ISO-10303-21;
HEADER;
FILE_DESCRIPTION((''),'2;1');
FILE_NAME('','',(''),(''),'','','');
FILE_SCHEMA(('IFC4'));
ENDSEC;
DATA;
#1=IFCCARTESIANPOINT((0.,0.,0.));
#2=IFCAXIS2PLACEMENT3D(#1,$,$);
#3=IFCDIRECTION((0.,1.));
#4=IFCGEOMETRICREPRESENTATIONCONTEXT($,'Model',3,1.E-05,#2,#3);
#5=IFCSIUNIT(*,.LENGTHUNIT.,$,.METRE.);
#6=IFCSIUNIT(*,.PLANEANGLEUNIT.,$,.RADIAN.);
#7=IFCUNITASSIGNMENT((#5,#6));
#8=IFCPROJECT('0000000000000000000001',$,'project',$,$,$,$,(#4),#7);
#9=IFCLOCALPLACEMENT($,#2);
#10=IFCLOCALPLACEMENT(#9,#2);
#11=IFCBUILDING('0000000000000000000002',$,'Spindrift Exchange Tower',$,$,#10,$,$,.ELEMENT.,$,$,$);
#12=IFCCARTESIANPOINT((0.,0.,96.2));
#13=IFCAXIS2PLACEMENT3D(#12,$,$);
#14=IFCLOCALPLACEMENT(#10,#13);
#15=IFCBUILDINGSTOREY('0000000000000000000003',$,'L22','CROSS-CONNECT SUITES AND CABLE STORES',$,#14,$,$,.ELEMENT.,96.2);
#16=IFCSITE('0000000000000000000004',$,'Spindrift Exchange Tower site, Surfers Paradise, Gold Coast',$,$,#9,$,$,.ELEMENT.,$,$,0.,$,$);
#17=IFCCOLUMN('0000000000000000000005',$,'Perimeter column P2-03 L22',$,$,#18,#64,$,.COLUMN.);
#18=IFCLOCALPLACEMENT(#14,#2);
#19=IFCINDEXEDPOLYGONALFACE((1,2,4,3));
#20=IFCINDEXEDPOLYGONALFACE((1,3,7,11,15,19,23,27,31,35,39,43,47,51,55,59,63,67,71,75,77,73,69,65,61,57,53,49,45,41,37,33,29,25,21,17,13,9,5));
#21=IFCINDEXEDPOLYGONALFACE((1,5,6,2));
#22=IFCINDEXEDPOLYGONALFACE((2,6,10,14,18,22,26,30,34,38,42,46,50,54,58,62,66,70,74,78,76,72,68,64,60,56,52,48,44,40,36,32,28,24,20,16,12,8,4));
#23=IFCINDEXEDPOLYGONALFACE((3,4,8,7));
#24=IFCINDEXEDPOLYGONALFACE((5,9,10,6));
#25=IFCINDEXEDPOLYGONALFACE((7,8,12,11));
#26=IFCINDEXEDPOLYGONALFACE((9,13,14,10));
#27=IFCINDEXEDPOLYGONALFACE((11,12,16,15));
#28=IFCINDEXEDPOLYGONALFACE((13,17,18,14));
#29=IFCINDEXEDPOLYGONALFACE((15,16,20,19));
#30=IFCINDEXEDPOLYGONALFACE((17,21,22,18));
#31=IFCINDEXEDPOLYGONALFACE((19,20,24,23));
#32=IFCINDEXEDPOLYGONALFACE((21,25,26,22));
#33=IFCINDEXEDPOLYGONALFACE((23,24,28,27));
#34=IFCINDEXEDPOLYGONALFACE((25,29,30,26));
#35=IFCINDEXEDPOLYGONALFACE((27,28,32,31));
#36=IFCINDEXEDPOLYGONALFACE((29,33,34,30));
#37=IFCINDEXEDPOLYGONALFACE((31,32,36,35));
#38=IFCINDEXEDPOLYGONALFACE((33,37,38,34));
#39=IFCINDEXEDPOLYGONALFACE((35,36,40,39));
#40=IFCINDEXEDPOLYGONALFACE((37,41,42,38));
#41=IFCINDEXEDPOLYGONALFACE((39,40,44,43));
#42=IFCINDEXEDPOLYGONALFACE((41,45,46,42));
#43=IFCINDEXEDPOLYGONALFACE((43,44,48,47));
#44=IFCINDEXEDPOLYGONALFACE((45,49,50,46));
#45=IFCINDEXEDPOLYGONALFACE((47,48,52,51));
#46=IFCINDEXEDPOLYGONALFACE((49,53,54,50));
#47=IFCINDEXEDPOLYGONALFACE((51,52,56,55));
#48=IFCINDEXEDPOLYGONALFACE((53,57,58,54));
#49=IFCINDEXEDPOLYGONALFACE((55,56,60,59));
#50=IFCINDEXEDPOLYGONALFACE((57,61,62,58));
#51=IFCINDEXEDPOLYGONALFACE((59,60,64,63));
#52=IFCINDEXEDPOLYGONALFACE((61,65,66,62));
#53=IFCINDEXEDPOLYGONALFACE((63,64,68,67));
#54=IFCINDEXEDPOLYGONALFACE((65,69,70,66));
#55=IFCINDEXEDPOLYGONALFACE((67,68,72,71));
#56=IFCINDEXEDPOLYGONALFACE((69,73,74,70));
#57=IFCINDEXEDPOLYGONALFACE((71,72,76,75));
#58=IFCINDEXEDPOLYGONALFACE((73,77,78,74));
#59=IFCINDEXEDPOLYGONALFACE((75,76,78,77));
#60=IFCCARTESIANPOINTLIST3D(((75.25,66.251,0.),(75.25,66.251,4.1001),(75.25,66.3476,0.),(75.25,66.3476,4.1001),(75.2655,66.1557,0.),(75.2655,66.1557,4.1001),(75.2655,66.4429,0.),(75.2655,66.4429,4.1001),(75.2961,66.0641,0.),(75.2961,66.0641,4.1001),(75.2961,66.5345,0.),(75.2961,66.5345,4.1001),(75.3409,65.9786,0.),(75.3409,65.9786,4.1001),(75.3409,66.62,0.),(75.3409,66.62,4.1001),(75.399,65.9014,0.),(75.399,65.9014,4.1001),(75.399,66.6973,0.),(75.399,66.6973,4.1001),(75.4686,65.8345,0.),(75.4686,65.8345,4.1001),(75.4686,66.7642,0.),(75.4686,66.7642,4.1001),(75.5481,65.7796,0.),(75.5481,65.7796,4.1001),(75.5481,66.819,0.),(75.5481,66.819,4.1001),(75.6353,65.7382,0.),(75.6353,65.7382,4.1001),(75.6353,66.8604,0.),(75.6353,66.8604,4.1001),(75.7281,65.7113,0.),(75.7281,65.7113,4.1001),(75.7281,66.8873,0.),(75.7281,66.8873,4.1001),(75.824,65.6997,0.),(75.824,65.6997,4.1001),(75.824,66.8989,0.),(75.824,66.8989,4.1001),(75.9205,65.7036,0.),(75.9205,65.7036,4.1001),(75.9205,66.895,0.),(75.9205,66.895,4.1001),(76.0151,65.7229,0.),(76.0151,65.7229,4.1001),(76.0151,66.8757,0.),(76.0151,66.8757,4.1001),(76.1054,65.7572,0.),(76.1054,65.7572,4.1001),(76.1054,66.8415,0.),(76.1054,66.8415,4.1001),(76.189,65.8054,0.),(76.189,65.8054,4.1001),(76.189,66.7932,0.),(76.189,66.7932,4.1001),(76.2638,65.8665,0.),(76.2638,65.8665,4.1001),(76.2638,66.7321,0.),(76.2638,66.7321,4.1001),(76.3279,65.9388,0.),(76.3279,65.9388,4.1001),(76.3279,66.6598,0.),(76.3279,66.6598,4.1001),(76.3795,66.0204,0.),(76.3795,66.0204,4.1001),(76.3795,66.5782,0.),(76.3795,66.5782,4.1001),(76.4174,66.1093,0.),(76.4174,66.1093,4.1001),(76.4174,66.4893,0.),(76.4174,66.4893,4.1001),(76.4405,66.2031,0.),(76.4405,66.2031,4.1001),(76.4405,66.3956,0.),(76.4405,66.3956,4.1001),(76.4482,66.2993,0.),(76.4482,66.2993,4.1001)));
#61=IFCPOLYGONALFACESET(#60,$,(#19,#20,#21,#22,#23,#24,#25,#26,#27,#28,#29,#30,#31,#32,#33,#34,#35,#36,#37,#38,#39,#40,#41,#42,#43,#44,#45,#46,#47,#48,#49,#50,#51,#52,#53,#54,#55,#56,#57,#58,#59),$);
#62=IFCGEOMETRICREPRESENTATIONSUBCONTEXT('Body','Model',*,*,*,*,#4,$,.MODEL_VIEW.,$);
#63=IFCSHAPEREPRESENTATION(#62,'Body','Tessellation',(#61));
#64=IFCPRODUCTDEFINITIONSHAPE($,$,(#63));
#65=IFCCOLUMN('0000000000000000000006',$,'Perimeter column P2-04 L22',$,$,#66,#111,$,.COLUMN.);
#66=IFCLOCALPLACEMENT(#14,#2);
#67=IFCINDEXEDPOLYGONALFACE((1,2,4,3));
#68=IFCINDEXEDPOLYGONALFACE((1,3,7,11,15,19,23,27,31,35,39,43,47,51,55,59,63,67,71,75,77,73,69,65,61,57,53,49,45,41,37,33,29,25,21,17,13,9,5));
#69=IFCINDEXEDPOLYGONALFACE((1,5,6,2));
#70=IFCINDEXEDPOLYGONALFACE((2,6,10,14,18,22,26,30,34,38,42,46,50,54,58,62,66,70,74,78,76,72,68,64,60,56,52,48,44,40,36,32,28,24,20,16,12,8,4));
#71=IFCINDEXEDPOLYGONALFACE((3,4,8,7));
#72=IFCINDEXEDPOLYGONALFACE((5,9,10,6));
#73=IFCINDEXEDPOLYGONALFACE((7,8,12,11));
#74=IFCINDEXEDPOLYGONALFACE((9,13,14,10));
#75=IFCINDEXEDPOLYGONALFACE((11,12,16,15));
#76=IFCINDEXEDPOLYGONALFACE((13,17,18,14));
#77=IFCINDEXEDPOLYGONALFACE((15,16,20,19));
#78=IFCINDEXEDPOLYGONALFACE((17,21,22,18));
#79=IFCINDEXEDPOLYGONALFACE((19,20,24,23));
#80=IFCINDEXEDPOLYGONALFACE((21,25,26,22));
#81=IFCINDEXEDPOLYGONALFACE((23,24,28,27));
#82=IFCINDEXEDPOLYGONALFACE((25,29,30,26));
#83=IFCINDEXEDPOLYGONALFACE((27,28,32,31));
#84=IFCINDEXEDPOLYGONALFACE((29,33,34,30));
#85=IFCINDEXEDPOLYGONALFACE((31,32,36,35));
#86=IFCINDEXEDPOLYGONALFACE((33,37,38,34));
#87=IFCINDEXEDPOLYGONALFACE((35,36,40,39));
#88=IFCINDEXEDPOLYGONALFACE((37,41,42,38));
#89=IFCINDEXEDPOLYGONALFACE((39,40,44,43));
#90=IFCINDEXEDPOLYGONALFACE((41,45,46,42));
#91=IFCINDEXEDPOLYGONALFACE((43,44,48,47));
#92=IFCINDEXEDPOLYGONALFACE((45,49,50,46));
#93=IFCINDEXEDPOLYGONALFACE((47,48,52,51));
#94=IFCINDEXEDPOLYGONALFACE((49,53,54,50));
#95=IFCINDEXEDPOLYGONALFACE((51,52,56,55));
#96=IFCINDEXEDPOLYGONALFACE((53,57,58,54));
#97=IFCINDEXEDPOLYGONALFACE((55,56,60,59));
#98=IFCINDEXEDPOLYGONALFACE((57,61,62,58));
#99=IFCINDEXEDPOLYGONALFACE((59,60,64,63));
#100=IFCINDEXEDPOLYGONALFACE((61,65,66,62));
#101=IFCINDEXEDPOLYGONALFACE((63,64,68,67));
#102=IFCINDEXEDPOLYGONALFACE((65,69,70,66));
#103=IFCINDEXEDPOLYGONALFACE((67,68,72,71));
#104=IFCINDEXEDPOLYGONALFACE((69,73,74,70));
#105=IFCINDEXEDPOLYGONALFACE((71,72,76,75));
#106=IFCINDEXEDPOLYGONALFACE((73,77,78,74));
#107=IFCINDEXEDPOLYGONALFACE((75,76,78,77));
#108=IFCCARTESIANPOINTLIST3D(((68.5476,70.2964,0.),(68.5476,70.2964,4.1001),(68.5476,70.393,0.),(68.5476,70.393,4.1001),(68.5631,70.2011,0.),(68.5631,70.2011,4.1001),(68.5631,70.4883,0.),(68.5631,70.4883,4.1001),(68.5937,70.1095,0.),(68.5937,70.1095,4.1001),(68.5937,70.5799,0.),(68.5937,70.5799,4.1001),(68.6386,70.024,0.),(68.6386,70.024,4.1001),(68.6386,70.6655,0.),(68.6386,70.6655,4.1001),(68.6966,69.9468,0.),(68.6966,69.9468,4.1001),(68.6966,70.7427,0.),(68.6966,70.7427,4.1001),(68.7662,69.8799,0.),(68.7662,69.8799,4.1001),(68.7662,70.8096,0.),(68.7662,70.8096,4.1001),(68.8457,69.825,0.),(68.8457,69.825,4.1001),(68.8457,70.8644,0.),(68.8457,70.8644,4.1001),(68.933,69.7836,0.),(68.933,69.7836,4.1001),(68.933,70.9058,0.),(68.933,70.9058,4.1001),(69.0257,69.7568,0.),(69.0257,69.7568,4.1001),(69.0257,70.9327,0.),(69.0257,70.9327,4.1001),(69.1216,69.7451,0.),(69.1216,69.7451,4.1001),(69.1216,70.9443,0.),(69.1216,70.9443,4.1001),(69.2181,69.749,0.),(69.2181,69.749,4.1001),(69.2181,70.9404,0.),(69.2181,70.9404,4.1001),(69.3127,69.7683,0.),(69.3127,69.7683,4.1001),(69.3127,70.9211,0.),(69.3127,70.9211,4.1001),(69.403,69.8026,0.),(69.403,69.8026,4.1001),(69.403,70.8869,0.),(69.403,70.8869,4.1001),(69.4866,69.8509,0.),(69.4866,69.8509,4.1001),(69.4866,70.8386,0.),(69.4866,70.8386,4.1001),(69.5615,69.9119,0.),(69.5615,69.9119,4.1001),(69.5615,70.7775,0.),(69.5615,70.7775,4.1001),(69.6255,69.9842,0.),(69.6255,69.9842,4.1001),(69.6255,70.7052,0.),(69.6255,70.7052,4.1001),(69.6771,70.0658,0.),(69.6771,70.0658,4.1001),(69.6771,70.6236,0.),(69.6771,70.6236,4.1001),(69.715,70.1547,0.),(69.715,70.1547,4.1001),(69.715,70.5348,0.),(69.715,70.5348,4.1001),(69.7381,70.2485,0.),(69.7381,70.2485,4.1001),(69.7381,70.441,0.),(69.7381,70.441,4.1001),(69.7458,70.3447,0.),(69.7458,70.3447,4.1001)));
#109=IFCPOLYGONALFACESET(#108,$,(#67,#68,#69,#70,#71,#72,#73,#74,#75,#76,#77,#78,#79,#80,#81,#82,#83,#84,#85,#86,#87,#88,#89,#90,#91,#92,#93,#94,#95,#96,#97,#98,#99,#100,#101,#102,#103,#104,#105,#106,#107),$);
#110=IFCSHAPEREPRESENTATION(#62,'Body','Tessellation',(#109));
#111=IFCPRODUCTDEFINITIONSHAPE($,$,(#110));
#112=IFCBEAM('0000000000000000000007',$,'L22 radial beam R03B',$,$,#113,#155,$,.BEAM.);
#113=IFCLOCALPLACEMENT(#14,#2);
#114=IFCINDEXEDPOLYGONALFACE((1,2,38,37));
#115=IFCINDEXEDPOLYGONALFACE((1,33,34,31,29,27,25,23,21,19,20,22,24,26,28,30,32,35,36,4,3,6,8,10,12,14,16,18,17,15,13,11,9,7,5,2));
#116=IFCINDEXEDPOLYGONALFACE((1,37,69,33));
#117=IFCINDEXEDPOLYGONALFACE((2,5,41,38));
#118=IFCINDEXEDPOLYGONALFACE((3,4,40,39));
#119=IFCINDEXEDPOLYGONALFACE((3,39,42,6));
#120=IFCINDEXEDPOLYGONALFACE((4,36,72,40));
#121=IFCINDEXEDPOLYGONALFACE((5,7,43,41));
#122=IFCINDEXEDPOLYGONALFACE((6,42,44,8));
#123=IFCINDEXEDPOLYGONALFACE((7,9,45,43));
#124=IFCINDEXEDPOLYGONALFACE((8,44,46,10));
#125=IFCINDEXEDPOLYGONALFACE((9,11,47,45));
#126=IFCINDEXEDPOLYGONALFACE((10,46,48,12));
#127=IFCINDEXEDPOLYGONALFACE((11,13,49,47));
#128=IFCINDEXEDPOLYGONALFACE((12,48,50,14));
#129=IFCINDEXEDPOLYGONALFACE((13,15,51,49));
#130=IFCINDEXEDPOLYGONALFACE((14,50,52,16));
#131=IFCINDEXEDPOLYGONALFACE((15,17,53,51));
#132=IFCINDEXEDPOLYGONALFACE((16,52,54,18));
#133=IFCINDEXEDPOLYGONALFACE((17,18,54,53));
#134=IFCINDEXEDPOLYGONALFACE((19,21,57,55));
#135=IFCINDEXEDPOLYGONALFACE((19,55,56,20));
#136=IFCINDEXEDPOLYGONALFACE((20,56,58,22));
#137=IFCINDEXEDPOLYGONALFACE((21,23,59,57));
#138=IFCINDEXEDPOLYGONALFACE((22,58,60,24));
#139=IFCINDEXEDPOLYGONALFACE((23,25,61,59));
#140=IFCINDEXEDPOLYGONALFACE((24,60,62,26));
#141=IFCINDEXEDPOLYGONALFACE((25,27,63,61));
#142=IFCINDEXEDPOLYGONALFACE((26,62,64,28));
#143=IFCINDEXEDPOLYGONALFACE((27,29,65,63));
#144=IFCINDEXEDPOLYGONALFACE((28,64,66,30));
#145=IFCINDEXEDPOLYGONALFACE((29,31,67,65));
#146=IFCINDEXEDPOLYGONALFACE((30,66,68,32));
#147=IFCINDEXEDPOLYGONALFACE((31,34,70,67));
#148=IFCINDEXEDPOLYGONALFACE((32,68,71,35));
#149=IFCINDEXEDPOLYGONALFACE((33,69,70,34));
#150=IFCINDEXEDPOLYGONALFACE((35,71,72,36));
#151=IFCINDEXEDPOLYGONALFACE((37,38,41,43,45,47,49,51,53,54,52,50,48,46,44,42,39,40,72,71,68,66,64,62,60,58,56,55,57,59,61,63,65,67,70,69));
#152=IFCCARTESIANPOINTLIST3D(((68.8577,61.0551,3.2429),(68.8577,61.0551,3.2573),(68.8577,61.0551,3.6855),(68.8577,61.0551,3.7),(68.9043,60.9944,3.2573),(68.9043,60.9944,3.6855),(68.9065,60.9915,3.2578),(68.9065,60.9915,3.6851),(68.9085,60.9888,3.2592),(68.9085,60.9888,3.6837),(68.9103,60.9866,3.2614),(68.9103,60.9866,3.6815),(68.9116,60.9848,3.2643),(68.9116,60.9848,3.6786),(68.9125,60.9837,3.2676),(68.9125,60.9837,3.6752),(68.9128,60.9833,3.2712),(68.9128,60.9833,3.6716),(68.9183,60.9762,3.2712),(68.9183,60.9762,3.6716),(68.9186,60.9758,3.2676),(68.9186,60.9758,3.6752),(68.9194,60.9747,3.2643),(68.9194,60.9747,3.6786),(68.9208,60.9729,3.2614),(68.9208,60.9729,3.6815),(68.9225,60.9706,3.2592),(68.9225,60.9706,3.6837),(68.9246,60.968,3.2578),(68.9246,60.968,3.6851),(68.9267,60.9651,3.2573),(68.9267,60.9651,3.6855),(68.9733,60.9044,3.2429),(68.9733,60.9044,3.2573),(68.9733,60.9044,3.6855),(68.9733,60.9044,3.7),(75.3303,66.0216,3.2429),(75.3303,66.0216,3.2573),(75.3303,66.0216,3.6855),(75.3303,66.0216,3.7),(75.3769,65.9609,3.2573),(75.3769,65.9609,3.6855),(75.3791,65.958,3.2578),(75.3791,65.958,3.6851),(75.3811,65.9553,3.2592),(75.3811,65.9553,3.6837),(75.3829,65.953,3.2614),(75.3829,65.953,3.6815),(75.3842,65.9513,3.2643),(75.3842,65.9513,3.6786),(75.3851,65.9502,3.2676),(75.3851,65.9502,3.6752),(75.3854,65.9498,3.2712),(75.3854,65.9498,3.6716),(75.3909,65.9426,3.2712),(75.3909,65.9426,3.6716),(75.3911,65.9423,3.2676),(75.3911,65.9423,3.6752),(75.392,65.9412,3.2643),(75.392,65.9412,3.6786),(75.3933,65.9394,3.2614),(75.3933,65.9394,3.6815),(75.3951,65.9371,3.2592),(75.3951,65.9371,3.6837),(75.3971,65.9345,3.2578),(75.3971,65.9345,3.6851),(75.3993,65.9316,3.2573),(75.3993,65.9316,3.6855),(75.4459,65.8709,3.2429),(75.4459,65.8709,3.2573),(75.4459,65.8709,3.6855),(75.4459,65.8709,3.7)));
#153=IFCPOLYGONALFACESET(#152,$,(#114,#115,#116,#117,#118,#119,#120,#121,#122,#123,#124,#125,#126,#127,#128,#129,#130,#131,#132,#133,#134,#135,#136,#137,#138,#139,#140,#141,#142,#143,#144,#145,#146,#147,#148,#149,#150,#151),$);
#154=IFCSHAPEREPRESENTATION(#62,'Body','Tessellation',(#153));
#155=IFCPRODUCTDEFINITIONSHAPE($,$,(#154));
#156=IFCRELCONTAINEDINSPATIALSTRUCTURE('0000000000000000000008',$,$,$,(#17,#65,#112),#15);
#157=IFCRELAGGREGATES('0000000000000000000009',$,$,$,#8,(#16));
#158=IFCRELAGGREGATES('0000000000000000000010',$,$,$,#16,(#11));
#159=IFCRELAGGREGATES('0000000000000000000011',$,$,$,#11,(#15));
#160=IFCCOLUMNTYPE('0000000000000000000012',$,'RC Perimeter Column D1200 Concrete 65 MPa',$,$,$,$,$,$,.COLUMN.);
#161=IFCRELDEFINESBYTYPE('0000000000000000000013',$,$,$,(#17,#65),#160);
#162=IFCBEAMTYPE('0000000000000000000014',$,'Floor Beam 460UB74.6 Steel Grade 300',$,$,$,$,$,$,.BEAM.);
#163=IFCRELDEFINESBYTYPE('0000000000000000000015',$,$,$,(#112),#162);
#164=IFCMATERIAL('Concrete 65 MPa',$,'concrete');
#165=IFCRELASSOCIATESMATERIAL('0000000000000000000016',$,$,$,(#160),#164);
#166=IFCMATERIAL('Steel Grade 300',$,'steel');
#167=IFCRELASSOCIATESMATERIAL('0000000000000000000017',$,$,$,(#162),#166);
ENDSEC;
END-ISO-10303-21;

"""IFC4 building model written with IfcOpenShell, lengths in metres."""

from ifc_helpers import new_model, si_unit, direction, frame, origin, origin_2d, place, context, subcontext, project, spatial, circle, i_section, extrude, source, transform, mapped, material, material_profile, profile_set, type_object, element, save


model = new_model("IFC4")

# Units and contexts
model_context = context("Model", 3, precision=1e-05, world=origin(), true_north=direction((0.0, 1.0)))
body_context = subcontext(model_context, "Body", "Model", "MODEL_VIEW")
ifc_project = project(units=[si_unit("LENGTHUNIT", "METRE"), si_unit("PLANEANGLEUNIT", "RADIAN")], contexts=[model_context])

# Site, building, storey
site_placement = place(None, origin())
site = spatial("IfcSite", under=ifc_project, at=site_placement, Name="Spindrift Exchange Tower site, Surfers Paradise, Gold Coast", CompositionType="ELEMENT", RefElevation=0.0)
building_placement = place(site_placement, origin())
building = spatial("IfcBuilding", under=site, at=building_placement, Name="Spindrift Exchange Tower", CompositionType="ELEMENT")
storey_placement = place(building_placement, frame((0.0, 0.0, 96.2)))
storey = spatial("IfcBuildingStorey", under=building, at=storey_placement, Name="L22", Description="CROSS-CONNECT SUITES AND CABLE STORES", CompositionType="ELEMENT", Elevation=96.2)

# Columns
ifc_material_1 = material(Name="Concrete 65 MPa", Category="concrete")
ifc_material_profile_1 = material_profile(ifc_material_1, circle(Radius=0.6001, at=origin_2d()), Name="RC D1200")
ifc_profile_set_1 = profile_set([ifc_material_profile_1], Name="Concrete 65 MPa")
column_type = type_object("IfcColumnType", Name="RC Perimeter Column D1200 Concrete 65 MPa", PredefinedType="COLUMN", material=ifc_profile_set_1)
shared_shape_1 = source(origin(), body_context, "Body", "SweptSolid", [
    extrude(circle(Radius=0.6001, at=origin_2d()), origin(), (0.0, 0.0, 1.0), 4.1001),
])
for number, where, z_axis, x_axis, name in (
    (1, (75.8481, 66.2993, 0.0), (0.0, 0.0, 1.0), (1.0, 0.0, 0.0), "Perimeter column P2-03 L22"),
    (2, (69.1458, 70.3447, 0.0), (0.0, 0.0, 1.0), (1.0, 0.0, 0.0), "Perimeter column P2-04 L22"),
):
    element("IfcColumn", number, at=place(storey_placement, frame(where, z_axis=z_axis, x_axis=x_axis)), inside=storey, type_object=column_type, Name=name, PredefinedType="COLUMN", context=body_context, shape_type="MappedRepresentation", body=[
        mapped(shared_shape_1, transform((0.0, 0.0, 0.0), scale=1.0)),
    ])

# Beam
ifc_material_2 = material(Name="Steel Grade 300", Category="steel")
ifc_material_profile_2 = material_profile(ifc_material_2, i_section(OverallWidth=0.1899, OverallDepth=0.457, WebThickness=0.009, FlangeThickness=0.0144, FilletRadius=0.0139, at=origin_2d()), Name="460UB74.6")
ifc_profile_set_2 = profile_set([ifc_material_profile_2], Name="Steel Grade 300")
beam_type_1 = type_object("IfcBeamType", Name="Floor Beam 460UB74.6 Steel Grade 300", PredefinedType="BEAM", material=ifc_profile_set_2)
shared_shape_2 = source(origin(), body_context, "Body", "SweptSolid", [
    extrude(i_section(OverallWidth=0.1899, OverallDepth=0.457, WebThickness=0.009, FlangeThickness=0.0144, FilletRadius=0.0139, at=origin_2d()), origin(), (0.0, 0.0, 1.0), 8.1584),
])
beam_1_placement = place(storey_placement, frame((68.9155, 60.9797, 3.4714), z_axis=(0.793359, 0.608754, 0.0), x_axis=(-0.608754, 0.793359, 0.0)))
element("IfcBeam", 3, at=beam_1_placement, inside=storey, type_object=beam_type_1, Name="L22 radial beam R03B", PredefinedType="BEAM", context=body_context, shape_type="MappedRepresentation", body=[
    mapped(shared_shape_2, transform((0.0, 0.0, 0.0), scale=1.0)),
])

save(model, "model.ifc")
